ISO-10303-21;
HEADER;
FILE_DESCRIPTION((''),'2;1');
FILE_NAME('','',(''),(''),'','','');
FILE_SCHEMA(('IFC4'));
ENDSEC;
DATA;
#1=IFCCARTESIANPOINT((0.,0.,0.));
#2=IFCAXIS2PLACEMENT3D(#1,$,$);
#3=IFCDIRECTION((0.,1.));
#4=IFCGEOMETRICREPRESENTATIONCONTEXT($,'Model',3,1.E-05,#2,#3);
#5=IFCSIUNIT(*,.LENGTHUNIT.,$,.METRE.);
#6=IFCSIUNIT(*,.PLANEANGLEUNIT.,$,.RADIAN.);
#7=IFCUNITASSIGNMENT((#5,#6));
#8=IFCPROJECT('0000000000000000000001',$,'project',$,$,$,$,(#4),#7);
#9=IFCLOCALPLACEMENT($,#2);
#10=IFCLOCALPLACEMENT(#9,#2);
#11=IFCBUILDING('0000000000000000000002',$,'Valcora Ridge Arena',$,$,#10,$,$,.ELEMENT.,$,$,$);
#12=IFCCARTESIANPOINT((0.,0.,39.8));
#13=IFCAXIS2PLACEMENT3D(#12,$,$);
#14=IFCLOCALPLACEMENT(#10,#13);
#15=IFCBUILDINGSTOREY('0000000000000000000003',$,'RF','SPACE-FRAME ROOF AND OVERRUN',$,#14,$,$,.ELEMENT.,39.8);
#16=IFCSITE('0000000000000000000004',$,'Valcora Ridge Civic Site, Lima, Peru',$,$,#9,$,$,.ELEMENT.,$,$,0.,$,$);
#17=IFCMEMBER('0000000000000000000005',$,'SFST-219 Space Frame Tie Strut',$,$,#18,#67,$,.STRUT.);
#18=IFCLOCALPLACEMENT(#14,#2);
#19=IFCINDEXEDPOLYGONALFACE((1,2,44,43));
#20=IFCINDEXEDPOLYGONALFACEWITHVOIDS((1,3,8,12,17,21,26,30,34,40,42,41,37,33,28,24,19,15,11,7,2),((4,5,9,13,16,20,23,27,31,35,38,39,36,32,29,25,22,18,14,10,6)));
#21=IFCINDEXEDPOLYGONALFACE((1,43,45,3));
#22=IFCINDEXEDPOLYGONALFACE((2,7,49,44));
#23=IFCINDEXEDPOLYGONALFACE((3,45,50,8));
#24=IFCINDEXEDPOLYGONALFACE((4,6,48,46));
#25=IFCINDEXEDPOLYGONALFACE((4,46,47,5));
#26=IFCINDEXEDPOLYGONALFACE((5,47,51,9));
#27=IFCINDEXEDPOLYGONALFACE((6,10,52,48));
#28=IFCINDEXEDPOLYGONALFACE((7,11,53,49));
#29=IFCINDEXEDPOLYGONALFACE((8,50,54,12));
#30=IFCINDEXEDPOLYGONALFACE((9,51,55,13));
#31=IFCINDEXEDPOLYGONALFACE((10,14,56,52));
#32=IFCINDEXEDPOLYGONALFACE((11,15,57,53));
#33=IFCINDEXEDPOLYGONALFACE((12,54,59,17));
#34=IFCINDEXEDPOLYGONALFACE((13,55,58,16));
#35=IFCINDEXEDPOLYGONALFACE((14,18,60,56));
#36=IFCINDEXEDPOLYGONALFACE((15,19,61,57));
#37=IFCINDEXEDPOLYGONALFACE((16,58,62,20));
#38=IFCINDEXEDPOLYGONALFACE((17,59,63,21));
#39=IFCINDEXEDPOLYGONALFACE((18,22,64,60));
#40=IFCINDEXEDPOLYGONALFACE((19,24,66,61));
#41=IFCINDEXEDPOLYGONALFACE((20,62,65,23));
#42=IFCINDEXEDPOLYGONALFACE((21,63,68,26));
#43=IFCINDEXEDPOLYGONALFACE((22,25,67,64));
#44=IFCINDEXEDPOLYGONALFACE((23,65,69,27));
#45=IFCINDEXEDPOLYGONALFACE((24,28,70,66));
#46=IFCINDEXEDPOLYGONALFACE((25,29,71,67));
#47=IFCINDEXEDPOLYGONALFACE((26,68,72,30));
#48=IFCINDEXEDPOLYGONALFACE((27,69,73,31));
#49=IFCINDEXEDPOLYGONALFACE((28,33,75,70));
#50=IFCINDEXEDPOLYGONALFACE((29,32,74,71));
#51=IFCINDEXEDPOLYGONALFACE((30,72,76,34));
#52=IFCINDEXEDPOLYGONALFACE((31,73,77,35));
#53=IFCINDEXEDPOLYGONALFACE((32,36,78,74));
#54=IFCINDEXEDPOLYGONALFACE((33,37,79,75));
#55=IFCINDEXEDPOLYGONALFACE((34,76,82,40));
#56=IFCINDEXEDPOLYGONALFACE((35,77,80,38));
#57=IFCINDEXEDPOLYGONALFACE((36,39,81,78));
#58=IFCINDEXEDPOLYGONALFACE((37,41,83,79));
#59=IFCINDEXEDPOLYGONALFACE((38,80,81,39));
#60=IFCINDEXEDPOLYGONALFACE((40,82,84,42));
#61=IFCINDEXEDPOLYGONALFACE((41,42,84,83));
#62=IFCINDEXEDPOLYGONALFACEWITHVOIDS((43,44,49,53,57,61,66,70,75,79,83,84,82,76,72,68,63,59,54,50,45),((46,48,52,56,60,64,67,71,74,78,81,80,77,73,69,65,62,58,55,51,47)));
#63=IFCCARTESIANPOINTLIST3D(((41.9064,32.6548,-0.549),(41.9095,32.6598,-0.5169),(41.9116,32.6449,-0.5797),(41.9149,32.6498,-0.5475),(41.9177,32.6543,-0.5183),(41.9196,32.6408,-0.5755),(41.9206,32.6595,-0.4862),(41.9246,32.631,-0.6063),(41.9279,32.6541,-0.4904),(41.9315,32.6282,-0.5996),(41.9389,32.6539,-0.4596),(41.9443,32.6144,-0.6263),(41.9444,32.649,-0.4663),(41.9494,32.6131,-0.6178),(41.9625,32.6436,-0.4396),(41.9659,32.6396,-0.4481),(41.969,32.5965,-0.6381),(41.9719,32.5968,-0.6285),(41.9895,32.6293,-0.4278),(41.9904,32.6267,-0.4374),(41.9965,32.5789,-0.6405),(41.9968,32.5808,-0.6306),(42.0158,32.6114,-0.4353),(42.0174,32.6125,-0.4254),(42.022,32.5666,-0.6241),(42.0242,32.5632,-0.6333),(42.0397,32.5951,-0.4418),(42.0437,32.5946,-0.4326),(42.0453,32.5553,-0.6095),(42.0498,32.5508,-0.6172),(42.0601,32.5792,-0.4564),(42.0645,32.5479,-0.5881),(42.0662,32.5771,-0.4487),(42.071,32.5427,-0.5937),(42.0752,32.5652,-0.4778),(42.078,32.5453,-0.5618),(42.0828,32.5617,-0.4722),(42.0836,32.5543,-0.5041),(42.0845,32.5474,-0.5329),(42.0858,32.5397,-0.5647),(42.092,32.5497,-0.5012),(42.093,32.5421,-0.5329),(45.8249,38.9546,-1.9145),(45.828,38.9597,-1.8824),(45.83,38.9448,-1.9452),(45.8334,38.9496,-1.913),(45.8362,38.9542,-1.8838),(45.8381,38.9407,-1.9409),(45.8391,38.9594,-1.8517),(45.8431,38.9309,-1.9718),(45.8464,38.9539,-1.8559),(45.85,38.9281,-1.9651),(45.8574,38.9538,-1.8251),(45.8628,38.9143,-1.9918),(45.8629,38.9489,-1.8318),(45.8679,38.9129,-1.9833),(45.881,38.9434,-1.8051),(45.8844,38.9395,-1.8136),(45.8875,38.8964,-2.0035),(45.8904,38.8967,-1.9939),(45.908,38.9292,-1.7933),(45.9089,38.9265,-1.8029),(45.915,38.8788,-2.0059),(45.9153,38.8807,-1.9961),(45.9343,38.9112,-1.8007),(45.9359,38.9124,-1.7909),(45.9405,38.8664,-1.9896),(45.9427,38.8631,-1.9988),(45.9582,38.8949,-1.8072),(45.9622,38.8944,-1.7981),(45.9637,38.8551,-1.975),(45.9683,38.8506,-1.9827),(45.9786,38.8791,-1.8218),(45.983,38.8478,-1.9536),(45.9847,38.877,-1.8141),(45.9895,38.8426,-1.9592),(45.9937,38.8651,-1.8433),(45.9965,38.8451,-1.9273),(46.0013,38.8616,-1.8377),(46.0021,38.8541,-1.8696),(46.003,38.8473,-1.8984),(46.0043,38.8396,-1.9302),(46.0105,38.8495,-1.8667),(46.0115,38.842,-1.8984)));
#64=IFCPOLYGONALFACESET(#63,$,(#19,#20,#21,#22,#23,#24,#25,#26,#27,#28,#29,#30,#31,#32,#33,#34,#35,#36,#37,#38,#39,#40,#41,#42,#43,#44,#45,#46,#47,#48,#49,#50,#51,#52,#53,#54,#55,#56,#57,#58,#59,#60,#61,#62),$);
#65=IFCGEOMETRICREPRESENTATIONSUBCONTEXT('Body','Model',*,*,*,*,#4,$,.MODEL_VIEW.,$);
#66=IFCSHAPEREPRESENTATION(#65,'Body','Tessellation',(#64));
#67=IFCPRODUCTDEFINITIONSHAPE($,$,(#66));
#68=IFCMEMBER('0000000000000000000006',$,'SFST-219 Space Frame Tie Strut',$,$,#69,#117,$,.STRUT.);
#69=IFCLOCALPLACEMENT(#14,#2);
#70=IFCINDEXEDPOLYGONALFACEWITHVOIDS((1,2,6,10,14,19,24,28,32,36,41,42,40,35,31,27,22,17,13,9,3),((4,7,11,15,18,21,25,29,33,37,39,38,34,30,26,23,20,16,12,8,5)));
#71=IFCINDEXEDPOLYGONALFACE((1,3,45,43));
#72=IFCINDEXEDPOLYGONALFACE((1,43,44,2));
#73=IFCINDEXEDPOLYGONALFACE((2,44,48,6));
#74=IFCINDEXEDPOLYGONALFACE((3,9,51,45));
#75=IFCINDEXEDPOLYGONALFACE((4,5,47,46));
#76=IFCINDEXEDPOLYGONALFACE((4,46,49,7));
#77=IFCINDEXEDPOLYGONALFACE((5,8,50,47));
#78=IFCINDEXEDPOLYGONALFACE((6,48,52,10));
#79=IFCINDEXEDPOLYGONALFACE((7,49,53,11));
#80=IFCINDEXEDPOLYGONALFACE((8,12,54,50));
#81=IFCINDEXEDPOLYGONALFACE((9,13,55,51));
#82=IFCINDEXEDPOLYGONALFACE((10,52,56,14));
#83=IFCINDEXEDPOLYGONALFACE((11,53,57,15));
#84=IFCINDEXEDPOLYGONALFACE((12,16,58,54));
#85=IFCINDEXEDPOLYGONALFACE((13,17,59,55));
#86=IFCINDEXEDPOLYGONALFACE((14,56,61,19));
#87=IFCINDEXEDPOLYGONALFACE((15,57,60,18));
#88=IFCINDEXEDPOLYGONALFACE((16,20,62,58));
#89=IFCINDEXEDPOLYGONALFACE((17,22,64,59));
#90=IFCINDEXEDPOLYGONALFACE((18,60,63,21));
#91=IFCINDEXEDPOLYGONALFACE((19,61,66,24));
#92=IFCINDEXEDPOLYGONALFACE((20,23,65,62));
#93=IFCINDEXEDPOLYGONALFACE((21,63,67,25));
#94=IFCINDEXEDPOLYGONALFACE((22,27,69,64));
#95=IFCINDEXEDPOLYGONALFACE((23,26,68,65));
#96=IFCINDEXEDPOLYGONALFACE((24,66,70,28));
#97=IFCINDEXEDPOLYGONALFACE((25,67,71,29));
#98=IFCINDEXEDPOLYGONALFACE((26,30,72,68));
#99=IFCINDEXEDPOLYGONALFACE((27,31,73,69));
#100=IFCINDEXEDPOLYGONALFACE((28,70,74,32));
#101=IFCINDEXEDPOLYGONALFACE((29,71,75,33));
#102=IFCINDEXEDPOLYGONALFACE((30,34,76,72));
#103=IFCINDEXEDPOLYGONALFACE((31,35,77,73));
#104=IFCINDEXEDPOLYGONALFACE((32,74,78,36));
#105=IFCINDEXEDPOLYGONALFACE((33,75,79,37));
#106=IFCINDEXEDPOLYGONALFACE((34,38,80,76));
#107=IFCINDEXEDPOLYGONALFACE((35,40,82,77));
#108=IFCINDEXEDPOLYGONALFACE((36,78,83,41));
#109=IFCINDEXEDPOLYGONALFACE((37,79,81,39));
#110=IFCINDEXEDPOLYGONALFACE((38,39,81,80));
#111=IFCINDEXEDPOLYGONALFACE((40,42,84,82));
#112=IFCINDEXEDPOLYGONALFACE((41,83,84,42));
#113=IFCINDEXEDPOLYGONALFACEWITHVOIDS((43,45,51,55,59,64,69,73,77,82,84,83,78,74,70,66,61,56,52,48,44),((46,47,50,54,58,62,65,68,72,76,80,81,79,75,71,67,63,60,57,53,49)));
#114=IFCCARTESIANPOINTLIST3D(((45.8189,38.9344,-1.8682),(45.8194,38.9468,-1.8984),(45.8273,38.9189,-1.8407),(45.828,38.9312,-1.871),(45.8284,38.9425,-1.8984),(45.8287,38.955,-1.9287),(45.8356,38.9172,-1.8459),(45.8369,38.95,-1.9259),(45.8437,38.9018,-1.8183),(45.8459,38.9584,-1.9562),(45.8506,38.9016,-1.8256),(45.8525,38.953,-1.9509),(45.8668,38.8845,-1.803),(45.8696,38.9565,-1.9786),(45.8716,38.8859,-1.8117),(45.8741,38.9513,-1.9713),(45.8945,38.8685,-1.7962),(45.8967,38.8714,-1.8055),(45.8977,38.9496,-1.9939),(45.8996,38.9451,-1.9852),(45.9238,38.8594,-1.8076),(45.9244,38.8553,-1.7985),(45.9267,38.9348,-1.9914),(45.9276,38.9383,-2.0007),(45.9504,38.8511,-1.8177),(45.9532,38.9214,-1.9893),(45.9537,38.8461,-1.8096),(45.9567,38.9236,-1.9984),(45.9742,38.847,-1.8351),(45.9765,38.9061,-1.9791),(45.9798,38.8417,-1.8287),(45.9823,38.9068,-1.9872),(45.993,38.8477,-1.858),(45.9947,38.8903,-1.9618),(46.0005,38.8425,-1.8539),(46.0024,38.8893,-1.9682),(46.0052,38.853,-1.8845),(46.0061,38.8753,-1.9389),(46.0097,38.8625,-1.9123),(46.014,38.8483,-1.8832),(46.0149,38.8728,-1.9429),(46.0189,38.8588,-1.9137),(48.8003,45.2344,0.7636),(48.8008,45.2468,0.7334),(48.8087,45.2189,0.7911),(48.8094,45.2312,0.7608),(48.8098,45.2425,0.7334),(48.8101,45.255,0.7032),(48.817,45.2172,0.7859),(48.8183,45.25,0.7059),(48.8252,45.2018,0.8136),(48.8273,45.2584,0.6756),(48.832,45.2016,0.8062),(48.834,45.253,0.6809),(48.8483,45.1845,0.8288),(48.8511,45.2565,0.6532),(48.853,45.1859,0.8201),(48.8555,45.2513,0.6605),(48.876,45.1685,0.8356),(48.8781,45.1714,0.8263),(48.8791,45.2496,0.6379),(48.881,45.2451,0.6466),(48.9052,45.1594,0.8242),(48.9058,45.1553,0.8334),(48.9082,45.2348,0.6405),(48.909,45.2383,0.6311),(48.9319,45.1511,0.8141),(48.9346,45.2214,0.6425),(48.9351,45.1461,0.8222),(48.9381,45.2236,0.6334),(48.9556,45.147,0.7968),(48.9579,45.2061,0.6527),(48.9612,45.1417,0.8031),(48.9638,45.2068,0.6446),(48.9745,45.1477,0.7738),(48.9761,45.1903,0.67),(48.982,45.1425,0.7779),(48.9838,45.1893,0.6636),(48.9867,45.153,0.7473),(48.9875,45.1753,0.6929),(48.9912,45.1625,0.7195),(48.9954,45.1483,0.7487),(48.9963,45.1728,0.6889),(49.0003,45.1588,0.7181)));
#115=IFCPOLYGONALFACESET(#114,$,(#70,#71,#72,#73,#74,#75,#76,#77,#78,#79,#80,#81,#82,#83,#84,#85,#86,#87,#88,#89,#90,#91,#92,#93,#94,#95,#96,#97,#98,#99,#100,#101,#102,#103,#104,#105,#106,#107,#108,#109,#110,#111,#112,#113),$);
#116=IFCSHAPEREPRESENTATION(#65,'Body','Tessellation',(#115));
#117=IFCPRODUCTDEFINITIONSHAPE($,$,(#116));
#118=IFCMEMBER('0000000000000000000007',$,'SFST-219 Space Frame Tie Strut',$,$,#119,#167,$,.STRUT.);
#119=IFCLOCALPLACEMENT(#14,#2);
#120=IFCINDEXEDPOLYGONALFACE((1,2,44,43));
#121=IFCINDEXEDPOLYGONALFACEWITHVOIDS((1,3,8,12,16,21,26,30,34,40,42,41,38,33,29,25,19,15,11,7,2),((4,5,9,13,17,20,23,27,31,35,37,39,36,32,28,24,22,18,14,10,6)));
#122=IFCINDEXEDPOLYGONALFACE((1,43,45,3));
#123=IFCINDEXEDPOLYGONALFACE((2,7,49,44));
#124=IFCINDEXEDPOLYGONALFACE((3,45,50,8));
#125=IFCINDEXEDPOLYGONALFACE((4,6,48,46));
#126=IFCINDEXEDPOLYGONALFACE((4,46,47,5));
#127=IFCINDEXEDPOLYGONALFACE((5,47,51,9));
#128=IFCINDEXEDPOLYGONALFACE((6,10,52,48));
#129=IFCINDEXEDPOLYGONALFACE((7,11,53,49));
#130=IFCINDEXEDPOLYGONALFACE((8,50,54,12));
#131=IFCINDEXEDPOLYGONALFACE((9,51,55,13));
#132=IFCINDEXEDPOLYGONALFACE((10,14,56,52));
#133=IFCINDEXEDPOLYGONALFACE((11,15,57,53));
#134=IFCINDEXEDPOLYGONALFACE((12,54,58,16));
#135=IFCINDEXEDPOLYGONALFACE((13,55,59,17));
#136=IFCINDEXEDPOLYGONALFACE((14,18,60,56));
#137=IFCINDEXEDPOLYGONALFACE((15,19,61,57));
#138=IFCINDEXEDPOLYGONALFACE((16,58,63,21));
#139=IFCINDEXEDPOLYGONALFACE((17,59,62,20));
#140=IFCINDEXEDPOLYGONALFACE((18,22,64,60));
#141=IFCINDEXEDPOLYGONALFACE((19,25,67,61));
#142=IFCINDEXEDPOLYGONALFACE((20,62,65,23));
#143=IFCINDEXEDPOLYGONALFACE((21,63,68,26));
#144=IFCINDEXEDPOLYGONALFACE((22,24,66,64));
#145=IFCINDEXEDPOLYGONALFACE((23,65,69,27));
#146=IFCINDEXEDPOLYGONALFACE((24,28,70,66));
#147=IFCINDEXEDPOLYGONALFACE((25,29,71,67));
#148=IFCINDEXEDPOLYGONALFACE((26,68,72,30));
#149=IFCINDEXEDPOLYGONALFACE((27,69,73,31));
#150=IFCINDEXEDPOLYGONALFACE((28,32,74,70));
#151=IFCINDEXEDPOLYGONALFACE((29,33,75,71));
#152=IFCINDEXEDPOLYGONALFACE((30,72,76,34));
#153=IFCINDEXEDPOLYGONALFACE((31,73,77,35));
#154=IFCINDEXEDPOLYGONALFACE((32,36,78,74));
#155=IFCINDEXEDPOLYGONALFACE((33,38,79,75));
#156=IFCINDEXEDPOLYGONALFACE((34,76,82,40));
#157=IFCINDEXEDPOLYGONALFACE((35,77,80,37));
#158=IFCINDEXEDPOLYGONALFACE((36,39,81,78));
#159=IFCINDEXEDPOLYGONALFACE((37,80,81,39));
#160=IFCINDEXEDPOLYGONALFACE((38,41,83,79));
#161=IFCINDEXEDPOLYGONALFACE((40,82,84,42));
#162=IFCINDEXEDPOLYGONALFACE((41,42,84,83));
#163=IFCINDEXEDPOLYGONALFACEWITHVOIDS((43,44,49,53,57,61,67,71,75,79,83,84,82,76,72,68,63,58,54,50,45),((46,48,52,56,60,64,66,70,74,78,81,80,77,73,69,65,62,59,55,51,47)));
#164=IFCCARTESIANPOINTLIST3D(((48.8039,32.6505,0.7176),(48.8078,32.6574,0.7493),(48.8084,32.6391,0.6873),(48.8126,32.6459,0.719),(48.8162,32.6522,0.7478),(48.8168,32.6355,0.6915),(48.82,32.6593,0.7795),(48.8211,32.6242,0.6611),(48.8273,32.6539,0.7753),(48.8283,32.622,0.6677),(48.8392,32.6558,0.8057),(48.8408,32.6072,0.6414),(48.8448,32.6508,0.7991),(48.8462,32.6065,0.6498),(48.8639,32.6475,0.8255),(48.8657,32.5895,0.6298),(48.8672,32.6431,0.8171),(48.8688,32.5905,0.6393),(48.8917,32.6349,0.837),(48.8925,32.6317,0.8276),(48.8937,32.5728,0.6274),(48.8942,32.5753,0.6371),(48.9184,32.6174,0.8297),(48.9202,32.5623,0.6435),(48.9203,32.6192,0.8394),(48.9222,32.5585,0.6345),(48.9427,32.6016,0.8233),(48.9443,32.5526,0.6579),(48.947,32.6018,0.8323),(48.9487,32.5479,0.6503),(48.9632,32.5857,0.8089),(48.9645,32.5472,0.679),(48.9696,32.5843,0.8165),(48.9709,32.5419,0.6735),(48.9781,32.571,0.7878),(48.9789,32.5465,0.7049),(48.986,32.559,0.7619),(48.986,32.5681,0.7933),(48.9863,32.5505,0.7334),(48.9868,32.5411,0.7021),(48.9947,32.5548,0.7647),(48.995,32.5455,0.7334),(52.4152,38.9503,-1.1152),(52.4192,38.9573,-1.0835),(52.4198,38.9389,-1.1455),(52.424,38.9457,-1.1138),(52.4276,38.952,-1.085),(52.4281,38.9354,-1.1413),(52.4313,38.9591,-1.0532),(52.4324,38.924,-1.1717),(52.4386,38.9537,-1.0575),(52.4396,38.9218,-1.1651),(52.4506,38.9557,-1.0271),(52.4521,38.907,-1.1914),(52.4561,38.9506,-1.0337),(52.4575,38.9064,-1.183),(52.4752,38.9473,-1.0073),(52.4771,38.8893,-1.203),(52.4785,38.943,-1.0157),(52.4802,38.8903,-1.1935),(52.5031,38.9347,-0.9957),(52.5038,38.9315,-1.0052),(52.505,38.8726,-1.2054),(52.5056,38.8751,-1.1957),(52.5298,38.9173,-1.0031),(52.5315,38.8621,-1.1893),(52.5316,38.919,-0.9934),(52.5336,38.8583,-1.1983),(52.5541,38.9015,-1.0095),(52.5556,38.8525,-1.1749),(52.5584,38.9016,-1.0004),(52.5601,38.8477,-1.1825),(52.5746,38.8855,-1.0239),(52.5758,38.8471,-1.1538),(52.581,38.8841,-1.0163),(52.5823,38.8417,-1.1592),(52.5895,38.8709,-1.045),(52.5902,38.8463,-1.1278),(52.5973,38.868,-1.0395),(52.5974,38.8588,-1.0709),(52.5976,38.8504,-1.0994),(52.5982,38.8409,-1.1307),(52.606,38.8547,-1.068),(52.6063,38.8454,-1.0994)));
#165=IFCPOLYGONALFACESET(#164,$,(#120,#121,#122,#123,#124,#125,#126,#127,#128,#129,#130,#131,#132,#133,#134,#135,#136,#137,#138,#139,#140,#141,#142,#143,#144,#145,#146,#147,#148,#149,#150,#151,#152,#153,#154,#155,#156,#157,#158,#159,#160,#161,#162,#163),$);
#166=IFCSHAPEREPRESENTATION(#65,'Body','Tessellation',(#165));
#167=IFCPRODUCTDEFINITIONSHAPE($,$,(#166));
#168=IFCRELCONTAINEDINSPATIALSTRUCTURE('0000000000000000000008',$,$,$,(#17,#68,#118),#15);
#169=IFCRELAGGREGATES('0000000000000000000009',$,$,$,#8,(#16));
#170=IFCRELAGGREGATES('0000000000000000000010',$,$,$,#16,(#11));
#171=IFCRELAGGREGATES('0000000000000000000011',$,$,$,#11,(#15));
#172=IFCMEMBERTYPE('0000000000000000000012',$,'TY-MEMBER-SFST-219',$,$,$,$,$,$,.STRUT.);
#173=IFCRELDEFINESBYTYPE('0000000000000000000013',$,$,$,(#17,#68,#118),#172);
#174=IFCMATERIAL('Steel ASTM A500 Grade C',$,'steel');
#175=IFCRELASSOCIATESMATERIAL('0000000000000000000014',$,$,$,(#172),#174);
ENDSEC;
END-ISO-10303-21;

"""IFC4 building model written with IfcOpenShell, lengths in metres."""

from ifc_helpers import new_model, si_unit, direction, frame, origin, origin_2d, place, context, subcontext, project, spatial, hollow_circle, extrude, material, material_profile, profile_set, type_object, element, save


model = new_model("IFC4")

# Units and contexts
model_context = context("Model", 3, precision=1e-05, world=origin(), true_north=direction((0.0, 1.0)))
body_context = subcontext(model_context, "Body", "Model", "MODEL_VIEW")
ifc_project = project(units=[si_unit("LENGTHUNIT", "METRE"), si_unit("PLANEANGLEUNIT", "RADIAN")], contexts=[model_context])

# Site, building, storey
site_placement = place(None, origin())
site = spatial("IfcSite", under=ifc_project, at=site_placement, Name="Valcora Ridge Civic Site, Lima, Peru", CompositionType="ELEMENT", RefElevation=0.0)
building_placement = place(site_placement, origin())
building = spatial("IfcBuilding", under=site, at=building_placement, Name="Valcora Ridge Arena", CompositionType="ELEMENT")
storey_placement = place(building_placement, frame((0.0, 0.0, 39.8)))
storey = spatial("IfcBuildingStorey", under=building, at=storey_placement, Name="RF", Description="SPACE-FRAME ROOF AND OVERRUN", CompositionType="ELEMENT", Elevation=39.8)

# Members
ifc_material_1 = material(Name="Steel ASTM A500 Grade C", Category="steel")
ifc_material_profile_1 = material_profile(ifc_material_1, hollow_circle(Radius=0.1096, WallThickness=0.01, at=origin_2d()), Name="CHS219X10")
ifc_profile_set_1 = profile_set([ifc_material_profile_1], Name="Steel ASTM A500 Grade C")
member_type_1 = type_object("IfcMemberType", Name="TY-MEMBER-SFST-219", PredefinedType="STRUT", material=ifc_profile_set_1)
member_1_placement = place(storey_placement, frame((45.9185, 38.8999, -1.8984), z_axis=(-0.519439, -0.835116, 0.181011), x_axis=(0.849143, -0.528164, 0.0)))
element("IfcMember", 1, at=member_1_placement, inside=storey, type_object=member_type_1, Name="SFST-219 Space Frame Tie Strut", PredefinedType="STRUT", context=body_context, shape_type="SweptSolid", body=[
    extrude(hollow_circle(Radius=0.1096, WallThickness=0.01, at=origin_2d()), origin(), (0.0, 0.0, 1.0), 7.5437),
])
member_2_placement = place(storey_placement, frame((45.9185, 38.8999, -1.8984), z_axis=(0.400181, 0.845616, 0.353255), x_axis=(-0.903893, 0.42776, 0.0)))
element("IfcMember", 2, at=member_2_placement, inside=storey, type_object=member_type_1, Name="SFST-219 Space Frame Tie Strut", PredefinedType="STRUT", context=body_context, shape_type="SweptSolid", body=[
    extrude(hollow_circle(Radius=0.1096, WallThickness=0.01, at=origin_2d()), origin(), (0.0, 0.0, 1.0), 7.4502),
])
member_3_placement = place(storey_placement, frame((52.5112, 38.8999, -1.0994), z_axis=(-0.482204, -0.841184, 0.244721), x_axis=(0.867564, -0.497326, 0.0)))
element("IfcMember", 3, at=member_3_placement, inside=storey, type_object=member_type_1, Name="SFST-219 Space Frame Tie Strut", PredefinedType="STRUT", context=body_context, shape_type="SweptSolid", body=[
    extrude(hollow_circle(Radius=0.1096, WallThickness=0.01, at=origin_2d()), origin(), (0.0, 0.0, 1.0), 7.4893),
])

save(model, "model.ifc")
